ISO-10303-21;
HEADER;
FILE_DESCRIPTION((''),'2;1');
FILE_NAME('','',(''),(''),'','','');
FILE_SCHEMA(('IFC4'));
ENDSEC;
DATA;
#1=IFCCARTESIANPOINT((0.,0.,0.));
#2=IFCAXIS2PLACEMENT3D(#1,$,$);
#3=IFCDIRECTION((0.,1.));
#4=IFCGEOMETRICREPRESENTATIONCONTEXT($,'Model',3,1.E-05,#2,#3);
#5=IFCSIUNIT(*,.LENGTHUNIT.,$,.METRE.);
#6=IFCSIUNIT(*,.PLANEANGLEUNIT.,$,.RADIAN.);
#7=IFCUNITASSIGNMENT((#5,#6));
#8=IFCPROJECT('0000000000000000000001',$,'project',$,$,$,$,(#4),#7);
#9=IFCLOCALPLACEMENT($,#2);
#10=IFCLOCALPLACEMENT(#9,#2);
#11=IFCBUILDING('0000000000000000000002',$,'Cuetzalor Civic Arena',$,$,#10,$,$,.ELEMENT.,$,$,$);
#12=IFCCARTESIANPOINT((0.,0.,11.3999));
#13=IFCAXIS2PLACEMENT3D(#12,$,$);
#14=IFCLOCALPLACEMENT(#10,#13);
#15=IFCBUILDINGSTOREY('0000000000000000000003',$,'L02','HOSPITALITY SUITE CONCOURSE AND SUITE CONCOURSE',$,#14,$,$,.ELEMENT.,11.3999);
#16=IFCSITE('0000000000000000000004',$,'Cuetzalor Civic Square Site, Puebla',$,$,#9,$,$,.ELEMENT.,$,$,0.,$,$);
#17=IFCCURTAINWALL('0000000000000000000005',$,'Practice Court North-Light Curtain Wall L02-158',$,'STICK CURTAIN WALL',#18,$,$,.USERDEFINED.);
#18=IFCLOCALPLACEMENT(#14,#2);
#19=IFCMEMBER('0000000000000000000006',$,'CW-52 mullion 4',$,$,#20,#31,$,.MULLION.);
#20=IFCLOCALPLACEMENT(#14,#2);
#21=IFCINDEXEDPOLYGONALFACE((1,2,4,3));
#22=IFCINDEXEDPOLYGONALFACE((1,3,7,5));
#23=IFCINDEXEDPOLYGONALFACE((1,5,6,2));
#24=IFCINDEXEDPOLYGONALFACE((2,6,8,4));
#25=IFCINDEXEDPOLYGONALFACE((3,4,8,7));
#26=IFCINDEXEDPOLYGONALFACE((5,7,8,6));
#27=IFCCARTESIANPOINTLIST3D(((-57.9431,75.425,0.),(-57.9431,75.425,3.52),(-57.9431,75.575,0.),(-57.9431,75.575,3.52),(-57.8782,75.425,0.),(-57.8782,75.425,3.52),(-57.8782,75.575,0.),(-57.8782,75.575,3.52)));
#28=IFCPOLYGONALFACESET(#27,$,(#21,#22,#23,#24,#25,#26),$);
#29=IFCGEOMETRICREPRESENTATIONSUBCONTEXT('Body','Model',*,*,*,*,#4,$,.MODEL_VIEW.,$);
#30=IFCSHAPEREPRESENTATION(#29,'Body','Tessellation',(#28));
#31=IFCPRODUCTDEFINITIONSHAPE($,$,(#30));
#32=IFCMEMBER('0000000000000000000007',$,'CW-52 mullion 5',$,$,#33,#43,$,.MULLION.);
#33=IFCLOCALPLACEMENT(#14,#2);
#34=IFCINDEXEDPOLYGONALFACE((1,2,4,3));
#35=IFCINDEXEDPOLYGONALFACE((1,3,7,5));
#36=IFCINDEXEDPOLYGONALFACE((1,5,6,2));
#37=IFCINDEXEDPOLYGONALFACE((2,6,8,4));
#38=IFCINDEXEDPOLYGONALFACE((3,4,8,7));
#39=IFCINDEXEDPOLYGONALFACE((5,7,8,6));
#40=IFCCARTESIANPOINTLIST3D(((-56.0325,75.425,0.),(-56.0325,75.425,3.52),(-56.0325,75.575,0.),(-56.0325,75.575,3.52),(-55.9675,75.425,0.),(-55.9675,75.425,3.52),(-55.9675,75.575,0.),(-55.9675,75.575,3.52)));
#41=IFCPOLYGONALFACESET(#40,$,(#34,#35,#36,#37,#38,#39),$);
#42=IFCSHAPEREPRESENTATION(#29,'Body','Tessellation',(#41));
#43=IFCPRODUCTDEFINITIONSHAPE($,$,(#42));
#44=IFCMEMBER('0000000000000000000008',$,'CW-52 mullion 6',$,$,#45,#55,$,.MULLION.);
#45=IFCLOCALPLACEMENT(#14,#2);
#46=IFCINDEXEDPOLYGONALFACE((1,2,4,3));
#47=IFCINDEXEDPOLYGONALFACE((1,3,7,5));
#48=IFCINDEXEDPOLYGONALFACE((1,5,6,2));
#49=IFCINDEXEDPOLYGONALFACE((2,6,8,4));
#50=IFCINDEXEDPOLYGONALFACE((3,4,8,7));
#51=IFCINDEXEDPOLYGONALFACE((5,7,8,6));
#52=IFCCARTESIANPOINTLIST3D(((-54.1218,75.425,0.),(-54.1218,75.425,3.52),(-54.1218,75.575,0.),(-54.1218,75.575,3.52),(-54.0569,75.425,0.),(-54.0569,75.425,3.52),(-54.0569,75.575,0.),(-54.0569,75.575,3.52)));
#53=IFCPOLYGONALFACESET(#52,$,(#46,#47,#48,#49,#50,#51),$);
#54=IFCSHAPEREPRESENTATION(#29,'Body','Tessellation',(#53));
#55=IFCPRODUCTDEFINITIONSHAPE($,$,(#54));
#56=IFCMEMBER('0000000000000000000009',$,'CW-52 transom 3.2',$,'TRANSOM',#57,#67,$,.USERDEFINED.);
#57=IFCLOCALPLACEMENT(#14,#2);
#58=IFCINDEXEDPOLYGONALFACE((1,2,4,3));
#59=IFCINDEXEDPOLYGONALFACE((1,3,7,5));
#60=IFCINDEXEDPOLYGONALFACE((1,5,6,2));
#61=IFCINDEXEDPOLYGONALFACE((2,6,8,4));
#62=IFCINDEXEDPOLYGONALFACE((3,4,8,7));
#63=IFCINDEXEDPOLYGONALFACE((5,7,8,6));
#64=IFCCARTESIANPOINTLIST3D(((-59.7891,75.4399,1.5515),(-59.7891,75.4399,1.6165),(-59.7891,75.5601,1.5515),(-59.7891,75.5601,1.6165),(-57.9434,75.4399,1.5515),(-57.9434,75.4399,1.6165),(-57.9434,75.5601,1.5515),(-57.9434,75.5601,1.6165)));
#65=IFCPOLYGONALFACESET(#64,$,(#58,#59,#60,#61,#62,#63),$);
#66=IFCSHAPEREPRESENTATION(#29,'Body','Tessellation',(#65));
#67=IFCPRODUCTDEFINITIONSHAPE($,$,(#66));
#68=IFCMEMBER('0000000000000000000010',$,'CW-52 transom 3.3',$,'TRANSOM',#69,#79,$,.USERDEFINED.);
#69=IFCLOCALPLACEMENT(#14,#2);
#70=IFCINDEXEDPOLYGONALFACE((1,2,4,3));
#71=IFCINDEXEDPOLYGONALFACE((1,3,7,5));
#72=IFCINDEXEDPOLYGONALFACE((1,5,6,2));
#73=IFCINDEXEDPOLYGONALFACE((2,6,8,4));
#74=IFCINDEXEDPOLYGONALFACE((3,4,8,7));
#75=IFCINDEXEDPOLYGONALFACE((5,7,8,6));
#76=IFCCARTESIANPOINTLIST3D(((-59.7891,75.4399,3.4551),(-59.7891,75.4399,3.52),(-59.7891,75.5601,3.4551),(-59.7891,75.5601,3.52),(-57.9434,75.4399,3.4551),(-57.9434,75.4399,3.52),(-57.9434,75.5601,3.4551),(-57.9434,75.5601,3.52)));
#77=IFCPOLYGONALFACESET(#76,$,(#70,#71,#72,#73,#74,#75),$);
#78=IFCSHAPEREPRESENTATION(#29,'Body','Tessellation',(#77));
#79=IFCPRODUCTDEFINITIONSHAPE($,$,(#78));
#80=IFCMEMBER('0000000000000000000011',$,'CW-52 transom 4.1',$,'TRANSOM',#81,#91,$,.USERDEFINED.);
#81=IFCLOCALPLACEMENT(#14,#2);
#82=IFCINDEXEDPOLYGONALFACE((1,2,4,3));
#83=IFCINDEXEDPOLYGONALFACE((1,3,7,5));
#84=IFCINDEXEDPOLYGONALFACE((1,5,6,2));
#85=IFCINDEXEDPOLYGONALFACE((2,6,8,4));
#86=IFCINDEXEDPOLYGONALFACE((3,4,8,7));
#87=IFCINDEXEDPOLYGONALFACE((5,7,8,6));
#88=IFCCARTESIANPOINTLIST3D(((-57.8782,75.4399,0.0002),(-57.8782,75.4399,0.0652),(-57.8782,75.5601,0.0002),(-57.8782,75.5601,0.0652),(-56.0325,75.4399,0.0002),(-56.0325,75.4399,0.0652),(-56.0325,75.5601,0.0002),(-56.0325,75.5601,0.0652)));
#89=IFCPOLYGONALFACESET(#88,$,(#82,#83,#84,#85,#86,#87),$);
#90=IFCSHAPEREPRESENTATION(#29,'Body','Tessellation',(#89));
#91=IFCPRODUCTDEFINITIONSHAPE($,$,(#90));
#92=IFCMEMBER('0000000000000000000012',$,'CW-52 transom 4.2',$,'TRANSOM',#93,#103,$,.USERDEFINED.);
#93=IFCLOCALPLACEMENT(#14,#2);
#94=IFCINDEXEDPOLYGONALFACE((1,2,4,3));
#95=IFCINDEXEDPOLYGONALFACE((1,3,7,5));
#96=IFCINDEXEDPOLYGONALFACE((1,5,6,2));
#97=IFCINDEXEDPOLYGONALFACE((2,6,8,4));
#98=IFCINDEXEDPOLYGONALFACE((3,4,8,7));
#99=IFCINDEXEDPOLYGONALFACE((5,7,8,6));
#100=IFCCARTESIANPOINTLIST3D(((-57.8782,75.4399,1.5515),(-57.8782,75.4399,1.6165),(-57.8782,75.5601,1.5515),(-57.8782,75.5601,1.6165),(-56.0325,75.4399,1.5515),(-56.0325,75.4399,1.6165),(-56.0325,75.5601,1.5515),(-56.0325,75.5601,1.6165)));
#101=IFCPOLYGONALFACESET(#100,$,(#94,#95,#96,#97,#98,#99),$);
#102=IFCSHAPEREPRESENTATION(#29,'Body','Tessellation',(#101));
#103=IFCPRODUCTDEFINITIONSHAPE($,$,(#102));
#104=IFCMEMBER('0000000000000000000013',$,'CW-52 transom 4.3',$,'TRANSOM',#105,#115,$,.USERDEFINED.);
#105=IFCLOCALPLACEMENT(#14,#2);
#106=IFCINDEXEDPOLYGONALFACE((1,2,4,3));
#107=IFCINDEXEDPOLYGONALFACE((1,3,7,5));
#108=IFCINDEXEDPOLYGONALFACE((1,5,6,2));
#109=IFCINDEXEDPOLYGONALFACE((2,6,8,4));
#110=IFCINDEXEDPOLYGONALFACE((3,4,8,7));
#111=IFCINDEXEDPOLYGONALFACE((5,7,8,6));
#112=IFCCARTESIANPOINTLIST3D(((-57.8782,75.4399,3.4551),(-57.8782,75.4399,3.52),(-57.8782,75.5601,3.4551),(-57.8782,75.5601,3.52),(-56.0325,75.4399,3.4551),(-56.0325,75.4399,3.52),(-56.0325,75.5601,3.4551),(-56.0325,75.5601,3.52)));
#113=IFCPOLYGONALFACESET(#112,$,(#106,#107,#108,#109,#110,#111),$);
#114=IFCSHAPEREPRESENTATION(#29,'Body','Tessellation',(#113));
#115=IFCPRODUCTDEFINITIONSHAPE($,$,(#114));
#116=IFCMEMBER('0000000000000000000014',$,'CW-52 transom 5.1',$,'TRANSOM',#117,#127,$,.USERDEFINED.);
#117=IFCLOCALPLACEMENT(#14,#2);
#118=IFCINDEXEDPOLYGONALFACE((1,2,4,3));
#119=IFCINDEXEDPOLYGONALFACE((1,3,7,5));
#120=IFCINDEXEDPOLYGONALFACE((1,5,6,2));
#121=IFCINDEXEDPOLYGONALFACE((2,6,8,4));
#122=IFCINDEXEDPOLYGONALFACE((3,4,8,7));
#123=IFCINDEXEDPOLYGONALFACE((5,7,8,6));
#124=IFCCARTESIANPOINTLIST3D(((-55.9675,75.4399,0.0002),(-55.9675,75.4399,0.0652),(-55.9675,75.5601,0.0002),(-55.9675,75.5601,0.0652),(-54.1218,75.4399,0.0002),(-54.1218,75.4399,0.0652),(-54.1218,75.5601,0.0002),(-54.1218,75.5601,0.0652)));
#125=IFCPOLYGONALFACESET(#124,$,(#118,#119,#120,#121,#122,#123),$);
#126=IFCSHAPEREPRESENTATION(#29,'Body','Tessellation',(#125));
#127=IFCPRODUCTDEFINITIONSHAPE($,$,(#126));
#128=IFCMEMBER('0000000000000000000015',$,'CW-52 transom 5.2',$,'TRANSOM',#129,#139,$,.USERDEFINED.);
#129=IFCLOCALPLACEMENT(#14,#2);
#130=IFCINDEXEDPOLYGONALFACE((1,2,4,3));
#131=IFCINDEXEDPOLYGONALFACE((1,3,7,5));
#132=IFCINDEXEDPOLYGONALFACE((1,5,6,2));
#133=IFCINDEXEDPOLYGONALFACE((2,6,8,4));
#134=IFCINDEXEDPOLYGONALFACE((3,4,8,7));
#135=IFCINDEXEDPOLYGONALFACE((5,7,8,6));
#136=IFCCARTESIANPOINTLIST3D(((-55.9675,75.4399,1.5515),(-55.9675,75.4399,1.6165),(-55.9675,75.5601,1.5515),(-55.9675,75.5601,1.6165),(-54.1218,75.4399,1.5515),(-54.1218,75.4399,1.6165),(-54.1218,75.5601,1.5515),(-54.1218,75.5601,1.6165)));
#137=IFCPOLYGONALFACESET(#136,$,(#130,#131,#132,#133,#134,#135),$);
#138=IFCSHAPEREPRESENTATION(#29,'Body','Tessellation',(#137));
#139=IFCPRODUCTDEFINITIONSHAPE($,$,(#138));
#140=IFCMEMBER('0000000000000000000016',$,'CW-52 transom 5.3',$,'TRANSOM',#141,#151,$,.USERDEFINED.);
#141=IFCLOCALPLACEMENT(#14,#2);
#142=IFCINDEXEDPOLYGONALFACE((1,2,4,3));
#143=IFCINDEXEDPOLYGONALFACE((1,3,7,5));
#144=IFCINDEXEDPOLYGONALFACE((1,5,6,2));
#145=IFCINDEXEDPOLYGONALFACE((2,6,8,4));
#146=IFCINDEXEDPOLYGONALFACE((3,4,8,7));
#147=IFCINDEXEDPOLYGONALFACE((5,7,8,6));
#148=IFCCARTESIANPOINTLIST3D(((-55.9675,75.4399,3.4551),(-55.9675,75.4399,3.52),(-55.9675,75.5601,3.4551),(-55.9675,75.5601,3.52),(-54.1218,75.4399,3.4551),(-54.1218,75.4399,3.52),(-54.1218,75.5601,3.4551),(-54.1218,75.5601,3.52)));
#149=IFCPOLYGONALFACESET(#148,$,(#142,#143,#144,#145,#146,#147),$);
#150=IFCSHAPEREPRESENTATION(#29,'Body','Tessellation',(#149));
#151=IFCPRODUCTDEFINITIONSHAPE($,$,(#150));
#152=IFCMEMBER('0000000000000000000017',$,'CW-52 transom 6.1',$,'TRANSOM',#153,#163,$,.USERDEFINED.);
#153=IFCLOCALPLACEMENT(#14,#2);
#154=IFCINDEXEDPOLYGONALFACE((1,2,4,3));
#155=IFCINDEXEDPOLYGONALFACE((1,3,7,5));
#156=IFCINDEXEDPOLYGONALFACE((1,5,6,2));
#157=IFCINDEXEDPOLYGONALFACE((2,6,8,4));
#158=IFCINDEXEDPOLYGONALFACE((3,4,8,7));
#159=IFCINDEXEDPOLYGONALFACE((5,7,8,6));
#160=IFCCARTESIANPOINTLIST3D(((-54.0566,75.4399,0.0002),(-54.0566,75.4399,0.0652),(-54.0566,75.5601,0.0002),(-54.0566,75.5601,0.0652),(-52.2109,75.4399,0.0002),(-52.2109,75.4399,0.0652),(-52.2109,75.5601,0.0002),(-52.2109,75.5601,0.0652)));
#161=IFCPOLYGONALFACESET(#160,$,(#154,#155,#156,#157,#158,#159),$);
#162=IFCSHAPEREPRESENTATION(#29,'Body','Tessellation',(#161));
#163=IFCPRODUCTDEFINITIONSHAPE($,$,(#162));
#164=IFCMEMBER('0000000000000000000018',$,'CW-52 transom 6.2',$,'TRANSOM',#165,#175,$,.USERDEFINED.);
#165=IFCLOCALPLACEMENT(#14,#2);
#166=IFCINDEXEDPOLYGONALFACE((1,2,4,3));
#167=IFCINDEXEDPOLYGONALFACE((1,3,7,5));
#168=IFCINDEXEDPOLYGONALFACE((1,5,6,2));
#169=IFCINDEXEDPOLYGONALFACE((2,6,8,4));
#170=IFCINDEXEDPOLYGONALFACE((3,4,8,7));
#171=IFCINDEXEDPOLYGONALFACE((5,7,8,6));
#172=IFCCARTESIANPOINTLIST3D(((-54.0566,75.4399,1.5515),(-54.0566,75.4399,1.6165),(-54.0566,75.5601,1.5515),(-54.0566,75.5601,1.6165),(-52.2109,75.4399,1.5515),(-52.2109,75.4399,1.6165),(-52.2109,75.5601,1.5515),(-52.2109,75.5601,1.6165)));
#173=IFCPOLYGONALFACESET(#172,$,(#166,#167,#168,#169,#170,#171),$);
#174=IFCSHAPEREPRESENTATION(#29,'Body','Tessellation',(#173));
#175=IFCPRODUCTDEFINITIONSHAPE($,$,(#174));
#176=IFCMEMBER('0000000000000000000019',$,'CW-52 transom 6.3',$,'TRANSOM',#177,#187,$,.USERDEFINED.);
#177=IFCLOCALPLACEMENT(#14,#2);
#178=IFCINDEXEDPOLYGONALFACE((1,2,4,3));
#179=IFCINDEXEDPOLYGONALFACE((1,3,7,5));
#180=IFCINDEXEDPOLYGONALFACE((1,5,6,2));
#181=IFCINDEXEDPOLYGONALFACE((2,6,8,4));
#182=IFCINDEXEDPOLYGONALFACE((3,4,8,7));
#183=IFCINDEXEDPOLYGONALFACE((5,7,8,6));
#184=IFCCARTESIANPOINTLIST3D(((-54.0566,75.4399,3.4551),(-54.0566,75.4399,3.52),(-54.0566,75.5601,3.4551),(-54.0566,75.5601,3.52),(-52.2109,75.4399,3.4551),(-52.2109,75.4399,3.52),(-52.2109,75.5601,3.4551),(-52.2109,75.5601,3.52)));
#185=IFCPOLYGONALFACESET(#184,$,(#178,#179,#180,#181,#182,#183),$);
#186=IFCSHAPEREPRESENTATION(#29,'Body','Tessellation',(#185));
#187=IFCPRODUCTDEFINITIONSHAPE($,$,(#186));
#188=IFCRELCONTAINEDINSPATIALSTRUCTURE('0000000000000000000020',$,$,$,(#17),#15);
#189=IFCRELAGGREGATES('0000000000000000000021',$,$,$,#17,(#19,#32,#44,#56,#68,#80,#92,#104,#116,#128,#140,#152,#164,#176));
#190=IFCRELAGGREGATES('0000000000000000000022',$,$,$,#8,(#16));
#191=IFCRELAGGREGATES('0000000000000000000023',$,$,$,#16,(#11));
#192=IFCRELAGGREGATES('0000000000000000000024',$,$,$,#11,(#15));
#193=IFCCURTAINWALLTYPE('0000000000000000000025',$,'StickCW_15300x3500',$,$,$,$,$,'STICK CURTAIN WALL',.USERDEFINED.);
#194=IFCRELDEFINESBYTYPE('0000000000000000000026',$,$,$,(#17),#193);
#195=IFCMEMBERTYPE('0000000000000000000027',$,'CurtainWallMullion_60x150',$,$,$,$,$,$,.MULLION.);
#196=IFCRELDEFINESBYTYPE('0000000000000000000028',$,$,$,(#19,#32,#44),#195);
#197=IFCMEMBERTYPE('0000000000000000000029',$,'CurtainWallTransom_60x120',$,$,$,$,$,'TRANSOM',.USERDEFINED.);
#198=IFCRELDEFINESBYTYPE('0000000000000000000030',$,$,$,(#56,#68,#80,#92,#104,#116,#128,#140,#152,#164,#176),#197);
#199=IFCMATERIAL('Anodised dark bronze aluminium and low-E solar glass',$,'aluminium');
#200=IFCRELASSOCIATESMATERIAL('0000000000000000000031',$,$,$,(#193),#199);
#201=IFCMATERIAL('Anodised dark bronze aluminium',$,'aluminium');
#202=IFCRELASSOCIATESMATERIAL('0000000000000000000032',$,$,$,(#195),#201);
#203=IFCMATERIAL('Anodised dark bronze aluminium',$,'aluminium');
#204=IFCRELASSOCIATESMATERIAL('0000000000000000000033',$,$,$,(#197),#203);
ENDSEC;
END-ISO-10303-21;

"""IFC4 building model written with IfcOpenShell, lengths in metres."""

from ifc_helpers import new_model, si_unit, direction, frame, origin, origin_2d, place, context, subcontext, project, spatial, rectangle, extrude, material, material_profile, profile_set, type_object, element, aggregate, save


model = new_model("IFC4")

# Units and contexts
model_context = context("Model", 3, precision=1e-05, world=origin(), true_north=direction((0.0, 1.0)))
body_context = subcontext(model_context, "Body", "Model", "MODEL_VIEW")
ifc_project = project(units=[si_unit("LENGTHUNIT", "METRE"), si_unit("PLANEANGLEUNIT", "RADIAN")], contexts=[model_context])

# Site, building, storey
site_placement = place(None, origin())
site = spatial("IfcSite", under=ifc_project, at=site_placement, Name="Cuetzalor Civic Square Site, Puebla", CompositionType="ELEMENT", RefElevation=0.0)
building_placement = place(site_placement, origin())
building = spatial("IfcBuilding", under=site, at=building_placement, Name="Cuetzalor Civic Arena", CompositionType="ELEMENT")
storey_placement = place(building_placement, frame((0.0, 0.0, 11.3999)))
storey = spatial("IfcBuildingStorey", under=building, at=storey_placement, Name="L02", Description="HOSPITALITY SUITE CONCOURSE AND SUITE CONCOURSE", CompositionType="ELEMENT", Elevation=11.3999)

# Curtain wall, members
ifc_material_1 = material(Name="Anodised dark bronze aluminium and low-E solar glass", Category="aluminium")
curtain_wall_type = type_object("IfcCurtainWallType", Name="StickCW_15300x3500", ElementType="STICK CURTAIN WALL", PredefinedType="USERDEFINED", material=ifc_material_1)
curtain_wall_placement = place(storey_placement, origin())
curtain_wall = element("IfcCurtainWall", 1, at=curtain_wall_placement, inside=storey, type_object=curtain_wall_type, Name="Practice Court North-Light Curtain Wall L02-158", ObjectType="STICK CURTAIN WALL", PredefinedType="USERDEFINED")
ifc_material_2 = material(Name="Anodised dark bronze aluminium", Category="aluminium")
ifc_material_profile_1 = material_profile(ifc_material_2, rectangle(XDim=0.0649, YDim=0.1499, at=origin_2d()), Name="ALU MULLION 65x150")
ifc_profile_set_1 = profile_set([ifc_material_profile_1], Name="Anodised dark bronze aluminium")
member_type_1 = type_object("IfcMemberType", Name="CurtainWallMullion_60x150", PredefinedType="MULLION", material=ifc_profile_set_1)
member_1_placement = place(storey_placement, frame((-57.9106, 75.5, 0.0), z_axis=(0.0, 0.0, 1.0), x_axis=(1.0, 0.0, 0.0)))
member_1 = element("IfcMember", 2, at=member_1_placement, type_object=member_type_1, Name="CW-52 mullion 4", PredefinedType="MULLION", context=body_context, shape_type="SweptSolid", body=[
    extrude(rectangle(XDim=0.0649, YDim=0.1499, at=origin_2d()), origin(), (0.0, 0.0, 1.0), 3.52),
])
member_2_placement = place(storey_placement, frame((-56.0, 75.5, 0.0), z_axis=(0.0, 0.0, 1.0), x_axis=(1.0, 0.0, 0.0)))
member_2 = element("IfcMember", 3, at=member_2_placement, type_object=member_type_1, Name="CW-52 mullion 5", PredefinedType="MULLION", context=body_context, shape_type="SweptSolid", body=[
    extrude(rectangle(XDim=0.0649, YDim=0.1499, at=origin_2d()), origin(), (0.0, 0.0, 1.0), 3.52),
])
member_3_placement = place(storey_placement, frame((-54.0894, 75.5, 0.0), z_axis=(0.0, 0.0, 1.0), x_axis=(1.0, 0.0, 0.0)))
member_3 = element("IfcMember", 4, at=member_3_placement, type_object=member_type_1, Name="CW-52 mullion 6", PredefinedType="MULLION", context=body_context, shape_type="SweptSolid", body=[
    extrude(rectangle(XDim=0.0649, YDim=0.1499, at=origin_2d()), origin(), (0.0, 0.0, 1.0), 3.52),
])
ifc_material_3 = material(Name="Anodised dark bronze aluminium", Category="aluminium")
ifc_material_profile_2 = material_profile(ifc_material_3, rectangle(XDim=0.1201, YDim=0.0649, at=origin_2d()), Name="ALU TRANSOM 65x120")
ifc_profile_set_2 = profile_set([ifc_material_profile_2], Name="Anodised dark bronze aluminium")
member_type_2 = type_object("IfcMemberType", Name="CurtainWallTransom_60x120", ElementType="TRANSOM", PredefinedType="USERDEFINED", material=ifc_profile_set_2)
member_4_placement = place(storey_placement, frame((-59.7891, 75.5, 1.584), z_axis=(1.0, 0.0, 0.0), x_axis=(0.0, 1.0, 0.0)))
member_4 = element("IfcMember", 5, at=member_4_placement, type_object=member_type_2, Name="CW-52 transom 3.2", ObjectType="TRANSOM", PredefinedType="USERDEFINED", context=body_context, shape_type="SweptSolid", body=[
    extrude(rectangle(XDim=0.1201, YDim=0.0649, at=origin_2d()), origin(), (0.0, 0.0, 1.0), 1.8457),
])
member_5_placement = place(storey_placement, frame((-59.7891, 75.5, 3.4875), z_axis=(1.0, 0.0, 0.0), x_axis=(0.0, 1.0, 0.0)))
member_5 = element("IfcMember", 6, at=member_5_placement, type_object=member_type_2, Name="CW-52 transom 3.3", ObjectType="TRANSOM", PredefinedType="USERDEFINED", context=body_context, shape_type="SweptSolid", body=[
    extrude(rectangle(XDim=0.1201, YDim=0.0649, at=origin_2d()), origin(), (0.0, 0.0, 1.0), 1.8457),
])
member_6_placement = place(storey_placement, frame((-57.8782, 75.5, 0.0327), z_axis=(1.0, 0.0, 0.0), x_axis=(0.0, 1.0, 0.0)))
member_6 = element("IfcMember", 7, at=member_6_placement, type_object=member_type_2, Name="CW-52 transom 4.1", ObjectType="TRANSOM", PredefinedType="USERDEFINED", context=body_context, shape_type="SweptSolid", body=[
    extrude(rectangle(XDim=0.1201, YDim=0.0649, at=origin_2d()), origin(), (0.0, 0.0, 1.0), 1.8457),
])
member_7_placement = place(storey_placement, frame((-57.8782, 75.5, 1.584), z_axis=(1.0, 0.0, 0.0), x_axis=(0.0, 1.0, 0.0)))
member_7 = element("IfcMember", 8, at=member_7_placement, type_object=member_type_2, Name="CW-52 transom 4.2", ObjectType="TRANSOM", PredefinedType="USERDEFINED", context=body_context, shape_type="SweptSolid", body=[
    extrude(rectangle(XDim=0.1201, YDim=0.0649, at=origin_2d()), origin(), (0.0, 0.0, 1.0), 1.8457),
])
member_8_placement = place(storey_placement, frame((-57.8782, 75.5, 3.4875), z_axis=(1.0, 0.0, 0.0), x_axis=(0.0, 1.0, 0.0)))
member_8 = element("IfcMember", 9, at=member_8_placement, type_object=member_type_2, Name="CW-52 transom 4.3", ObjectType="TRANSOM", PredefinedType="USERDEFINED", context=body_context, shape_type="SweptSolid", body=[
    extrude(rectangle(XDim=0.1201, YDim=0.0649, at=origin_2d()), origin(), (0.0, 0.0, 1.0), 1.8457),
])
member_9_placement = place(storey_placement, frame((-55.9675, 75.5, 0.0327), z_axis=(1.0, 0.0, 0.0), x_axis=(0.0, 1.0, 0.0)))
member_9 = element("IfcMember", 10, at=member_9_placement, type_object=member_type_2, Name="CW-52 transom 5.1", ObjectType="TRANSOM", PredefinedType="USERDEFINED", context=body_context, shape_type="SweptSolid", body=[
    extrude(rectangle(XDim=0.1201, YDim=0.0649, at=origin_2d()), origin(), (0.0, 0.0, 1.0), 1.8457),
])
member_10_placement = place(storey_placement, frame((-55.9675, 75.5, 1.584), z_axis=(1.0, 0.0, 0.0), x_axis=(0.0, 1.0, 0.0)))
member_10 = element("IfcMember", 11, at=member_10_placement, type_object=member_type_2, Name="CW-52 transom 5.2", ObjectType="TRANSOM", PredefinedType="USERDEFINED", context=body_context, shape_type="SweptSolid", body=[
    extrude(rectangle(XDim=0.1201, YDim=0.0649, at=origin_2d()), origin(), (0.0, 0.0, 1.0), 1.8457),
])
member_11_placement = place(storey_placement, frame((-55.9675, 75.5, 3.4875), z_axis=(1.0, 0.0, 0.0), x_axis=(0.0, 1.0, 0.0)))
member_11 = element("IfcMember", 12, at=member_11_placement, type_object=member_type_2, Name="CW-52 transom 5.3", ObjectType="TRANSOM", PredefinedType="USERDEFINED", context=body_context, shape_type="SweptSolid", body=[
    extrude(rectangle(XDim=0.1201, YDim=0.0649, at=origin_2d()), origin(), (0.0, 0.0, 1.0), 1.8457),
])
member_12_placement = place(storey_placement, frame((-54.0566, 75.5, 0.0327), z_axis=(1.0, 0.0, 0.0), x_axis=(0.0, 1.0, 0.0)))
member_12 = element("IfcMember", 13, at=member_12_placement, type_object=member_type_2, Name="CW-52 transom 6.1", ObjectType="TRANSOM", PredefinedType="USERDEFINED", context=body_context, shape_type="SweptSolid", body=[
    extrude(rectangle(XDim=0.1201, YDim=0.0649, at=origin_2d()), origin(), (0.0, 0.0, 1.0), 1.8457),
])
member_13_placement = place(storey_placement, frame((-54.0566, 75.5, 1.584), z_axis=(1.0, 0.0, 0.0), x_axis=(0.0, 1.0, 0.0)))
member_13 = element("IfcMember", 14, at=member_13_placement, type_object=member_type_2, Name="CW-52 transom 6.2", ObjectType="TRANSOM", PredefinedType="USERDEFINED", context=body_context, shape_type="SweptSolid", body=[
    extrude(rectangle(XDim=0.1201, YDim=0.0649, at=origin_2d()), origin(), (0.0, 0.0, 1.0), 1.8457),
])
member_14_placement = place(storey_placement, frame((-54.0566, 75.5, 3.4875), z_axis=(1.0, 0.0, 0.0), x_axis=(0.0, 1.0, 0.0)))
member_14 = element("IfcMember", 15, at=member_14_placement, type_object=member_type_2, Name="CW-52 transom 6.3", ObjectType="TRANSOM", PredefinedType="USERDEFINED", context=body_context, shape_type="SweptSolid", body=[
    extrude(rectangle(XDim=0.1201, YDim=0.0649, at=origin_2d()), origin(), (0.0, 0.0, 1.0), 1.8457),
])
aggregate(curtain_wall, [member_1, member_2, member_3, member_4, member_5, member_6, member_7, member_8, member_9, member_10, member_11, member_12, member_13, member_14])

save(model, "model.ifc")
